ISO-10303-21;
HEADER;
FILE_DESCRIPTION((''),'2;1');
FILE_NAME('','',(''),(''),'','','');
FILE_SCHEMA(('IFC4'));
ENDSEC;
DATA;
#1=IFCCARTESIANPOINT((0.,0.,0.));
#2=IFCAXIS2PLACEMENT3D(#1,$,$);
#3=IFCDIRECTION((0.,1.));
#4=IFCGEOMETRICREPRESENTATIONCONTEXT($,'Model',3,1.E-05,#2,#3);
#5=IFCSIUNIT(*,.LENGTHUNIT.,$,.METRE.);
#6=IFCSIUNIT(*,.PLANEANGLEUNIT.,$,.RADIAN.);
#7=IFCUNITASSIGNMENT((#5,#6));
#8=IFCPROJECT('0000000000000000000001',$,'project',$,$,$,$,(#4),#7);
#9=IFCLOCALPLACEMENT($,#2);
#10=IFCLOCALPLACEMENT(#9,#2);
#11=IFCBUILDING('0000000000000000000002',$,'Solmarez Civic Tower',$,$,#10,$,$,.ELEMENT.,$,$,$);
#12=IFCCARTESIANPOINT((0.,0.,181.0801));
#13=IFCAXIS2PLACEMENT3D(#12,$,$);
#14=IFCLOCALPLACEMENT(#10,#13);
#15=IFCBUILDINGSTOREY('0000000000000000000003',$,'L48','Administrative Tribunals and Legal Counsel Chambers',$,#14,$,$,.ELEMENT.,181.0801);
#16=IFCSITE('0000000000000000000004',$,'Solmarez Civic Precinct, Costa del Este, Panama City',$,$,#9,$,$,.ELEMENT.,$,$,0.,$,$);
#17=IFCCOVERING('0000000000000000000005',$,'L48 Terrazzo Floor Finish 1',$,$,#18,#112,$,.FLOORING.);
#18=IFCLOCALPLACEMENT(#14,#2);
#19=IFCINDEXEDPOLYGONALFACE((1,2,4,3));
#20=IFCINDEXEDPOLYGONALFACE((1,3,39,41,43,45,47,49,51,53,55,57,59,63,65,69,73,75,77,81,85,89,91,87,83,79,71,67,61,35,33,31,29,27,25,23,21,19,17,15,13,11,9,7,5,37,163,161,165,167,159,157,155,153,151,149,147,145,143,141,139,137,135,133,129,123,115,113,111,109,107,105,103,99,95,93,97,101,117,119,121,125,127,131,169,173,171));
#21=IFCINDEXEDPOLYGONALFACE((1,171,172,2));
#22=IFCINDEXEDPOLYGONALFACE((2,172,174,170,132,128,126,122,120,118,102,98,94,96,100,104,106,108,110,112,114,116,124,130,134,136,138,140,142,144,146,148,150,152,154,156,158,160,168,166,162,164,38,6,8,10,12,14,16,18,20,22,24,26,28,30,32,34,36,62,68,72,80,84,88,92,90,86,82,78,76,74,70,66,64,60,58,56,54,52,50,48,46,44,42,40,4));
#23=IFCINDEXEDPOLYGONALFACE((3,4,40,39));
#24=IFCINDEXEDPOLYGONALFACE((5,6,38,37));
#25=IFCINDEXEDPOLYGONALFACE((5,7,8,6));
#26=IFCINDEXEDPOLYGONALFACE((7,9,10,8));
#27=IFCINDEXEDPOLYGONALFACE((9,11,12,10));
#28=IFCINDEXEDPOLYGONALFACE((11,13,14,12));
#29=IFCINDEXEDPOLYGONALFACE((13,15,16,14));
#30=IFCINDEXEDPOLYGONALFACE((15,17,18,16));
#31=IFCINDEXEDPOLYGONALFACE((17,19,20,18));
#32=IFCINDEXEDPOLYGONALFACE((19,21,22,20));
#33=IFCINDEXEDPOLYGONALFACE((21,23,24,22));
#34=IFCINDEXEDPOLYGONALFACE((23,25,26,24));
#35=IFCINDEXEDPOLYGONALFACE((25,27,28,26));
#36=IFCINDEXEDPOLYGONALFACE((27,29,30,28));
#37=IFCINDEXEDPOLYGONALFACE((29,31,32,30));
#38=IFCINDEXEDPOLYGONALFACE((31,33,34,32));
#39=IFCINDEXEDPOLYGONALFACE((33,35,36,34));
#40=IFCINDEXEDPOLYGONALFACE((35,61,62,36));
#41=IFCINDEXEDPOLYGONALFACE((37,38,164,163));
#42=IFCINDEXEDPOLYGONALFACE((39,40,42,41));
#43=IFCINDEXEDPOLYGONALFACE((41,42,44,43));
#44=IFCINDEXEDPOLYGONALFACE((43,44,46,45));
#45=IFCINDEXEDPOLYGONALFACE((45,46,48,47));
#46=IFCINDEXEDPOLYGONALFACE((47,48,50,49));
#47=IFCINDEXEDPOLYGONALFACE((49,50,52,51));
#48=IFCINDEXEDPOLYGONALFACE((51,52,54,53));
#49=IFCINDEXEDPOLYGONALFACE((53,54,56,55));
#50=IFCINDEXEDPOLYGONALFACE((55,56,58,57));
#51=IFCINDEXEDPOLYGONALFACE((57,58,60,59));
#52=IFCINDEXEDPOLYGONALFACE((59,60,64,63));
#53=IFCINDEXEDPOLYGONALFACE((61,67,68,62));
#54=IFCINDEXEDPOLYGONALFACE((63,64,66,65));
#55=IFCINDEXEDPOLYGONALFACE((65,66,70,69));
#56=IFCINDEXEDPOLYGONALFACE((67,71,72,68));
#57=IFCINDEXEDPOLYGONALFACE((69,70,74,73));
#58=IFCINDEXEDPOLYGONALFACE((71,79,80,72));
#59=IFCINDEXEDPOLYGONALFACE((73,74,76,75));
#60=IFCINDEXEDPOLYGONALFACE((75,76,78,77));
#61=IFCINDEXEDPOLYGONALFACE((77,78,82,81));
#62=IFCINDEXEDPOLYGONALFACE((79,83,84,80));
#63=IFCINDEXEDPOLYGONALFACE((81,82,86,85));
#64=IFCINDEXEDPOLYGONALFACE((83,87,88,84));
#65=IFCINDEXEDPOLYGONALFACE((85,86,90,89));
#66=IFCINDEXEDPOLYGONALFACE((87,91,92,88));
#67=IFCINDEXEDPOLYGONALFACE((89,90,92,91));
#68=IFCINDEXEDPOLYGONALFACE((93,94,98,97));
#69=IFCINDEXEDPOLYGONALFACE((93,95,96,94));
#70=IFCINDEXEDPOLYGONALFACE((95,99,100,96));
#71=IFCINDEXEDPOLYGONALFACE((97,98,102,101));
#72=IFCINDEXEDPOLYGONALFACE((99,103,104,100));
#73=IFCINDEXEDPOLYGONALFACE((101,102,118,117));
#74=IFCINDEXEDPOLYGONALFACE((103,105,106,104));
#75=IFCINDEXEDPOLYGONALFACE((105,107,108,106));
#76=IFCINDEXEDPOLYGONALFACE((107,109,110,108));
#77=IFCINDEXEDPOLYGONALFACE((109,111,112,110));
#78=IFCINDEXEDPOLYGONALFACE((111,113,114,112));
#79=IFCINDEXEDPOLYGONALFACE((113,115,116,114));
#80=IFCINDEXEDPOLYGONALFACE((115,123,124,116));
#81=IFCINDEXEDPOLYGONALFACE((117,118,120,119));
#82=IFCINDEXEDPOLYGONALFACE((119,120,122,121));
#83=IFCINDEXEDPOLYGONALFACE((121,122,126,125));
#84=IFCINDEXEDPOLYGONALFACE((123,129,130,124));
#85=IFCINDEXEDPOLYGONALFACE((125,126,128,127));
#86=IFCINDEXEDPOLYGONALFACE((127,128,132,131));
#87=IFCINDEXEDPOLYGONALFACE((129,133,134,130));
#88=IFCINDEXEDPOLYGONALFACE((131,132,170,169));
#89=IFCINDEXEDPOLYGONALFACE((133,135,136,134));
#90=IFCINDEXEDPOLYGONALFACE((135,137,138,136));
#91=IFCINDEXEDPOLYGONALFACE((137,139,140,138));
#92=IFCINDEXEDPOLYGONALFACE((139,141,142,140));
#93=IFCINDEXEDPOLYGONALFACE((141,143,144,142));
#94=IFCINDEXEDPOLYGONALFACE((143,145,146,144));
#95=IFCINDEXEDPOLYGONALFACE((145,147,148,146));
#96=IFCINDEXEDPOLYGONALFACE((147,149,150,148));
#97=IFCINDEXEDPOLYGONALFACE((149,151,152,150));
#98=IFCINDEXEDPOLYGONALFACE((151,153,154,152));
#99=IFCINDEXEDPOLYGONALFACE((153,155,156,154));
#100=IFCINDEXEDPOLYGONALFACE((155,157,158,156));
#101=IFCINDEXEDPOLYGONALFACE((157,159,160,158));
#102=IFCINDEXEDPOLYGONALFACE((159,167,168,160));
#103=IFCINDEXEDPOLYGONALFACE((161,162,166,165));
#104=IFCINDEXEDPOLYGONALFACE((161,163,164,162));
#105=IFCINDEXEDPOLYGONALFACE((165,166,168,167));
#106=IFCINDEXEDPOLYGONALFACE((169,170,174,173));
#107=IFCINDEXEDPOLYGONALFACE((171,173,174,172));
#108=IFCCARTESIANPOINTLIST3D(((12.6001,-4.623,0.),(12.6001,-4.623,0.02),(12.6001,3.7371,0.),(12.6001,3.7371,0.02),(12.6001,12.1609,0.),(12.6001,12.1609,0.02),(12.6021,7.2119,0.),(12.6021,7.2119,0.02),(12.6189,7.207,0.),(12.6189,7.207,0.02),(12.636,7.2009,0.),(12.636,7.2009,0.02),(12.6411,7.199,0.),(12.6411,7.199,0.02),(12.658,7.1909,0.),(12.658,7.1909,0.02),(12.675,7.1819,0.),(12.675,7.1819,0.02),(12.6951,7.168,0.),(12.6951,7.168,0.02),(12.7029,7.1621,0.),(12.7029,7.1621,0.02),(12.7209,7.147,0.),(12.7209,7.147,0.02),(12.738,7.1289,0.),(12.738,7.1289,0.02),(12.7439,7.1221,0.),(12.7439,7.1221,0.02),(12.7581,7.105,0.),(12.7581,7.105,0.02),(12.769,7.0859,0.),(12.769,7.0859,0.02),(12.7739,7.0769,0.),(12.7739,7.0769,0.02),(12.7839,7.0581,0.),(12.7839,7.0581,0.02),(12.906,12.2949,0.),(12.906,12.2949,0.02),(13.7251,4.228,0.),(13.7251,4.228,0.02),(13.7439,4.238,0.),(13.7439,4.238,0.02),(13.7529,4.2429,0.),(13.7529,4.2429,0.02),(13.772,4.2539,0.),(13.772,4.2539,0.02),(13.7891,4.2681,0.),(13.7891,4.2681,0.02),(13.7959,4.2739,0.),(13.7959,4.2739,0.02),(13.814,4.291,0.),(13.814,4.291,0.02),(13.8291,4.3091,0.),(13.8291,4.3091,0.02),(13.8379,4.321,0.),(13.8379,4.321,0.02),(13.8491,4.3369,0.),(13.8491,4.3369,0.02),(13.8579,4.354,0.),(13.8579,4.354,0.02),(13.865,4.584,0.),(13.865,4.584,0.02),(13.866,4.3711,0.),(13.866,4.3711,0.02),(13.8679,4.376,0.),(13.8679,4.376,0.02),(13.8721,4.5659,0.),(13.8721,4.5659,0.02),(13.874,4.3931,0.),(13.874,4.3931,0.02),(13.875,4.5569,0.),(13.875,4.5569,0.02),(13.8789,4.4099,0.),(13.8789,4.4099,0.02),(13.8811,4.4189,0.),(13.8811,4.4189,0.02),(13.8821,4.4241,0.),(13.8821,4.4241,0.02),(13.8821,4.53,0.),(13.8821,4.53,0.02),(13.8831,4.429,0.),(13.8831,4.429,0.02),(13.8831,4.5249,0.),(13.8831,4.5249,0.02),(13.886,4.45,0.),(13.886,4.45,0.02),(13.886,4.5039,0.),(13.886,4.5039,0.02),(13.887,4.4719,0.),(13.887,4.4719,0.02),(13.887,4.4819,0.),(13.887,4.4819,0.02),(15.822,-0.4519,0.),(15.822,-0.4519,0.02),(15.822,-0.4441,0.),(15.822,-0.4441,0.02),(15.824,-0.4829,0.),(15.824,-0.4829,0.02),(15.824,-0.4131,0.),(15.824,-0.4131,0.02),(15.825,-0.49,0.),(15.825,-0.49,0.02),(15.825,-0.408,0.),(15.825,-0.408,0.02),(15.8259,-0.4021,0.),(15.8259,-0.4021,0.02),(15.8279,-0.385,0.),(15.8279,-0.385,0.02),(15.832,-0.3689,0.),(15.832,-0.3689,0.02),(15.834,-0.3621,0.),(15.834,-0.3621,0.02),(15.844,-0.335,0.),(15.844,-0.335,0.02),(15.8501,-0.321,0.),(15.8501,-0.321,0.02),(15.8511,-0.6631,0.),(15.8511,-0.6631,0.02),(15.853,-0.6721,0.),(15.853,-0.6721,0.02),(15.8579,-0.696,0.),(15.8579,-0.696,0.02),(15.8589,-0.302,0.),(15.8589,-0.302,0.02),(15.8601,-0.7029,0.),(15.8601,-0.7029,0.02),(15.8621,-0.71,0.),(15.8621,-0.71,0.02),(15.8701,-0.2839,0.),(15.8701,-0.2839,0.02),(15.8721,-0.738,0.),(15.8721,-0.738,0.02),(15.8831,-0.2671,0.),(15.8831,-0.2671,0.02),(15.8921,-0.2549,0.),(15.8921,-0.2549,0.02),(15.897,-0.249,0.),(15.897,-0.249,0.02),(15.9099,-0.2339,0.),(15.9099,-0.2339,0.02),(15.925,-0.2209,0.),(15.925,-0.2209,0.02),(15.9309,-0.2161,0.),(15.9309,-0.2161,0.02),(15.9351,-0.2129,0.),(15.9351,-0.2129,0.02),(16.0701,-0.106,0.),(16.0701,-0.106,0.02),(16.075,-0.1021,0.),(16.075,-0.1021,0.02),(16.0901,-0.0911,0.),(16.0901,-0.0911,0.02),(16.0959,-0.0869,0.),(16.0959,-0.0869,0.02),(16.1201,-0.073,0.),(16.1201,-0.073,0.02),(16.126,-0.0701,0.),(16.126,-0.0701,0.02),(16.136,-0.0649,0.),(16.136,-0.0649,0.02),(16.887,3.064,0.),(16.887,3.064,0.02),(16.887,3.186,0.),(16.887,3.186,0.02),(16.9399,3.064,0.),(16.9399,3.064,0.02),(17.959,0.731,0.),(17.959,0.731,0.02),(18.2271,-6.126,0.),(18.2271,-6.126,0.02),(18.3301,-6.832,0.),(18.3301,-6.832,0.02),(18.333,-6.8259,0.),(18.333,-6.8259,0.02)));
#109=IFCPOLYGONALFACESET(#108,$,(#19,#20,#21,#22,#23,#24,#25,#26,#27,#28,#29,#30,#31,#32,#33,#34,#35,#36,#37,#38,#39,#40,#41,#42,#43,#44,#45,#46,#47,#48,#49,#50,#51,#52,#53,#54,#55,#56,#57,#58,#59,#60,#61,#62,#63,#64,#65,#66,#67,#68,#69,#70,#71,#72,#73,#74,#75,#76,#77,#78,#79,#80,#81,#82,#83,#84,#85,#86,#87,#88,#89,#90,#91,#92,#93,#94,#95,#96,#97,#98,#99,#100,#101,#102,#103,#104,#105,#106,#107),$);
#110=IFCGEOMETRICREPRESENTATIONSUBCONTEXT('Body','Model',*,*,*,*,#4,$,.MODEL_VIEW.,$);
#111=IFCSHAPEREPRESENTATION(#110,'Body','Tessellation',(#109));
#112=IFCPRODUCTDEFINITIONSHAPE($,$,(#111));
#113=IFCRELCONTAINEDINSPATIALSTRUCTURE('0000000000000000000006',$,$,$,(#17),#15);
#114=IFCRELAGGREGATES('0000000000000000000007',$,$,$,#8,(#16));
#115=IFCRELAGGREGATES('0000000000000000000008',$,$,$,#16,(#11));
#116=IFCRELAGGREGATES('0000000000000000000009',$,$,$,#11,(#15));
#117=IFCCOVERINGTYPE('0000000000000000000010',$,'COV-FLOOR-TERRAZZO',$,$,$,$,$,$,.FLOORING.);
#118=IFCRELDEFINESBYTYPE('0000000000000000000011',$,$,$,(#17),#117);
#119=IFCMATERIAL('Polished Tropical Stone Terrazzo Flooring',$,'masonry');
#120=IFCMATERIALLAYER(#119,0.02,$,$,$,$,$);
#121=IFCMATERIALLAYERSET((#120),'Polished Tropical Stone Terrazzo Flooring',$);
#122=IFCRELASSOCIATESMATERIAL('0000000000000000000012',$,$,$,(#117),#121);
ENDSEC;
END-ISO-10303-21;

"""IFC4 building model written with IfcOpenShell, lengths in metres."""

from ifc_helpers import new_model, si_unit, direction, frame, origin, place, context, subcontext, project, spatial, polyline, outline, extrude, material, layer, layer_set, type_object, element, save


model = new_model("IFC4")

# Units and contexts
model_context = context("Model", 3, precision=1e-05, world=origin(), true_north=direction((0.0, 1.0)))
body_context = subcontext(model_context, "Body", "Model", "MODEL_VIEW")
ifc_project = project(units=[si_unit("LENGTHUNIT", "METRE"), si_unit("PLANEANGLEUNIT", "RADIAN")], contexts=[model_context])

# Site, building, storey
site_placement = place(None, origin())
site = spatial("IfcSite", under=ifc_project, at=site_placement, Name="Solmarez Civic Precinct, Costa del Este, Panama City", CompositionType="ELEMENT", RefElevation=0.0)
building_placement = place(site_placement, origin())
building = spatial("IfcBuilding", under=site, at=building_placement, Name="Solmarez Civic Tower", CompositionType="ELEMENT")
storey_placement = place(building_placement, frame((0.0, 0.0, 181.0801)))
storey = spatial("IfcBuildingStorey", under=building, at=storey_placement, Name="L48", Description="Administrative Tribunals and Legal Counsel Chambers", CompositionType="ELEMENT", Elevation=181.0801)

# Covering
ifc_material_1 = material(Name="Polished Tropical Stone Terrazzo Flooring", Category="masonry")
ifc_layer_1 = layer(ifc_material_1, 0.02)
ifc_layer_set_1 = layer_set([ifc_layer_1], Name="Polished Tropical Stone Terrazzo Flooring")
covering_type_1 = type_object("IfcCoveringType", Name="COV-FLOOR-TERRAZZO", PredefinedType="FLOORING", material=ifc_layer_set_1)
covering_1_placement = place(storey_placement, origin())
element("IfcCovering", 1, at=covering_1_placement, inside=storey, type_object=covering_type_1, Name="L48 Terrazzo Floor Finish 1", PredefinedType="FLOORING", context=body_context, shape_type="SweptSolid", body=[
    extrude(outline(polyline([(12.6001, 12.1609), (12.6021, 7.2119), (12.6189, 7.207), (12.636, 7.2009), (12.6411, 7.199), (12.658, 7.1909), (12.675, 7.1819), (12.6951, 7.168), (12.7029, 7.1621), (12.7209, 7.147), (12.738, 7.1289), (12.7439, 7.1221), (12.7581, 7.105), (12.769, 7.0859), (12.7739, 7.0769), (12.7839, 7.0581), (13.865, 4.584), (13.8721, 4.5659), (13.875, 4.5569), (13.8821, 4.53), (13.8831, 4.5249), (13.886, 4.5039), (13.887, 4.4819), (13.887, 4.4719), (13.886, 4.45), (13.8831, 4.429), (13.8821, 4.4241), (13.8811, 4.4189), (13.8789, 4.4099), (13.874, 4.3931), (13.8679, 4.376), (13.866, 4.3711), (13.8579, 4.354), (13.8491, 4.3369), (13.8379, 4.321), (13.8291, 4.3091), (13.814, 4.291), (13.7959, 4.2739), (13.7891, 4.2681), (13.772, 4.2539), (13.7529, 4.2429), (13.7439, 4.238), (13.7251, 4.228), (12.6001, 3.7371), (12.6001, -4.623), (18.3301, -6.832), (18.333, -6.8259), (18.2271, -6.126), (15.8721, -0.738), (15.8621, -0.71), (15.8601, -0.7029), (15.8579, -0.696), (15.853, -0.6721), (15.8511, -0.6631), (15.825, -0.49), (15.824, -0.4829), (15.822, -0.4519), (15.822, -0.4441), (15.824, -0.4131), (15.825, -0.408), (15.8259, -0.4021), (15.8279, -0.385), (15.832, -0.3689), (15.834, -0.3621), (15.844, -0.335), (15.8501, -0.321), (15.8589, -0.302), (15.8701, -0.2839), (15.8831, -0.2671), (15.8921, -0.2549), (15.897, -0.249), (15.9099, -0.2339), (15.925, -0.2209), (15.9309, -0.2161), (15.9351, -0.2129), (16.0701, -0.106), (16.075, -0.1021), (16.0901, -0.0911), (16.0959, -0.0869), (16.1201, -0.073), (16.126, -0.0701), (16.136, -0.0649), (17.959, 0.731), (16.9399, 3.064), (16.887, 3.064), (16.887, 3.186), (12.906, 12.2949), (12.6001, 12.1609)])), origin(), (0.0, 0.0, 1.0), 0.02),
])

save(model, "model.ifc")
